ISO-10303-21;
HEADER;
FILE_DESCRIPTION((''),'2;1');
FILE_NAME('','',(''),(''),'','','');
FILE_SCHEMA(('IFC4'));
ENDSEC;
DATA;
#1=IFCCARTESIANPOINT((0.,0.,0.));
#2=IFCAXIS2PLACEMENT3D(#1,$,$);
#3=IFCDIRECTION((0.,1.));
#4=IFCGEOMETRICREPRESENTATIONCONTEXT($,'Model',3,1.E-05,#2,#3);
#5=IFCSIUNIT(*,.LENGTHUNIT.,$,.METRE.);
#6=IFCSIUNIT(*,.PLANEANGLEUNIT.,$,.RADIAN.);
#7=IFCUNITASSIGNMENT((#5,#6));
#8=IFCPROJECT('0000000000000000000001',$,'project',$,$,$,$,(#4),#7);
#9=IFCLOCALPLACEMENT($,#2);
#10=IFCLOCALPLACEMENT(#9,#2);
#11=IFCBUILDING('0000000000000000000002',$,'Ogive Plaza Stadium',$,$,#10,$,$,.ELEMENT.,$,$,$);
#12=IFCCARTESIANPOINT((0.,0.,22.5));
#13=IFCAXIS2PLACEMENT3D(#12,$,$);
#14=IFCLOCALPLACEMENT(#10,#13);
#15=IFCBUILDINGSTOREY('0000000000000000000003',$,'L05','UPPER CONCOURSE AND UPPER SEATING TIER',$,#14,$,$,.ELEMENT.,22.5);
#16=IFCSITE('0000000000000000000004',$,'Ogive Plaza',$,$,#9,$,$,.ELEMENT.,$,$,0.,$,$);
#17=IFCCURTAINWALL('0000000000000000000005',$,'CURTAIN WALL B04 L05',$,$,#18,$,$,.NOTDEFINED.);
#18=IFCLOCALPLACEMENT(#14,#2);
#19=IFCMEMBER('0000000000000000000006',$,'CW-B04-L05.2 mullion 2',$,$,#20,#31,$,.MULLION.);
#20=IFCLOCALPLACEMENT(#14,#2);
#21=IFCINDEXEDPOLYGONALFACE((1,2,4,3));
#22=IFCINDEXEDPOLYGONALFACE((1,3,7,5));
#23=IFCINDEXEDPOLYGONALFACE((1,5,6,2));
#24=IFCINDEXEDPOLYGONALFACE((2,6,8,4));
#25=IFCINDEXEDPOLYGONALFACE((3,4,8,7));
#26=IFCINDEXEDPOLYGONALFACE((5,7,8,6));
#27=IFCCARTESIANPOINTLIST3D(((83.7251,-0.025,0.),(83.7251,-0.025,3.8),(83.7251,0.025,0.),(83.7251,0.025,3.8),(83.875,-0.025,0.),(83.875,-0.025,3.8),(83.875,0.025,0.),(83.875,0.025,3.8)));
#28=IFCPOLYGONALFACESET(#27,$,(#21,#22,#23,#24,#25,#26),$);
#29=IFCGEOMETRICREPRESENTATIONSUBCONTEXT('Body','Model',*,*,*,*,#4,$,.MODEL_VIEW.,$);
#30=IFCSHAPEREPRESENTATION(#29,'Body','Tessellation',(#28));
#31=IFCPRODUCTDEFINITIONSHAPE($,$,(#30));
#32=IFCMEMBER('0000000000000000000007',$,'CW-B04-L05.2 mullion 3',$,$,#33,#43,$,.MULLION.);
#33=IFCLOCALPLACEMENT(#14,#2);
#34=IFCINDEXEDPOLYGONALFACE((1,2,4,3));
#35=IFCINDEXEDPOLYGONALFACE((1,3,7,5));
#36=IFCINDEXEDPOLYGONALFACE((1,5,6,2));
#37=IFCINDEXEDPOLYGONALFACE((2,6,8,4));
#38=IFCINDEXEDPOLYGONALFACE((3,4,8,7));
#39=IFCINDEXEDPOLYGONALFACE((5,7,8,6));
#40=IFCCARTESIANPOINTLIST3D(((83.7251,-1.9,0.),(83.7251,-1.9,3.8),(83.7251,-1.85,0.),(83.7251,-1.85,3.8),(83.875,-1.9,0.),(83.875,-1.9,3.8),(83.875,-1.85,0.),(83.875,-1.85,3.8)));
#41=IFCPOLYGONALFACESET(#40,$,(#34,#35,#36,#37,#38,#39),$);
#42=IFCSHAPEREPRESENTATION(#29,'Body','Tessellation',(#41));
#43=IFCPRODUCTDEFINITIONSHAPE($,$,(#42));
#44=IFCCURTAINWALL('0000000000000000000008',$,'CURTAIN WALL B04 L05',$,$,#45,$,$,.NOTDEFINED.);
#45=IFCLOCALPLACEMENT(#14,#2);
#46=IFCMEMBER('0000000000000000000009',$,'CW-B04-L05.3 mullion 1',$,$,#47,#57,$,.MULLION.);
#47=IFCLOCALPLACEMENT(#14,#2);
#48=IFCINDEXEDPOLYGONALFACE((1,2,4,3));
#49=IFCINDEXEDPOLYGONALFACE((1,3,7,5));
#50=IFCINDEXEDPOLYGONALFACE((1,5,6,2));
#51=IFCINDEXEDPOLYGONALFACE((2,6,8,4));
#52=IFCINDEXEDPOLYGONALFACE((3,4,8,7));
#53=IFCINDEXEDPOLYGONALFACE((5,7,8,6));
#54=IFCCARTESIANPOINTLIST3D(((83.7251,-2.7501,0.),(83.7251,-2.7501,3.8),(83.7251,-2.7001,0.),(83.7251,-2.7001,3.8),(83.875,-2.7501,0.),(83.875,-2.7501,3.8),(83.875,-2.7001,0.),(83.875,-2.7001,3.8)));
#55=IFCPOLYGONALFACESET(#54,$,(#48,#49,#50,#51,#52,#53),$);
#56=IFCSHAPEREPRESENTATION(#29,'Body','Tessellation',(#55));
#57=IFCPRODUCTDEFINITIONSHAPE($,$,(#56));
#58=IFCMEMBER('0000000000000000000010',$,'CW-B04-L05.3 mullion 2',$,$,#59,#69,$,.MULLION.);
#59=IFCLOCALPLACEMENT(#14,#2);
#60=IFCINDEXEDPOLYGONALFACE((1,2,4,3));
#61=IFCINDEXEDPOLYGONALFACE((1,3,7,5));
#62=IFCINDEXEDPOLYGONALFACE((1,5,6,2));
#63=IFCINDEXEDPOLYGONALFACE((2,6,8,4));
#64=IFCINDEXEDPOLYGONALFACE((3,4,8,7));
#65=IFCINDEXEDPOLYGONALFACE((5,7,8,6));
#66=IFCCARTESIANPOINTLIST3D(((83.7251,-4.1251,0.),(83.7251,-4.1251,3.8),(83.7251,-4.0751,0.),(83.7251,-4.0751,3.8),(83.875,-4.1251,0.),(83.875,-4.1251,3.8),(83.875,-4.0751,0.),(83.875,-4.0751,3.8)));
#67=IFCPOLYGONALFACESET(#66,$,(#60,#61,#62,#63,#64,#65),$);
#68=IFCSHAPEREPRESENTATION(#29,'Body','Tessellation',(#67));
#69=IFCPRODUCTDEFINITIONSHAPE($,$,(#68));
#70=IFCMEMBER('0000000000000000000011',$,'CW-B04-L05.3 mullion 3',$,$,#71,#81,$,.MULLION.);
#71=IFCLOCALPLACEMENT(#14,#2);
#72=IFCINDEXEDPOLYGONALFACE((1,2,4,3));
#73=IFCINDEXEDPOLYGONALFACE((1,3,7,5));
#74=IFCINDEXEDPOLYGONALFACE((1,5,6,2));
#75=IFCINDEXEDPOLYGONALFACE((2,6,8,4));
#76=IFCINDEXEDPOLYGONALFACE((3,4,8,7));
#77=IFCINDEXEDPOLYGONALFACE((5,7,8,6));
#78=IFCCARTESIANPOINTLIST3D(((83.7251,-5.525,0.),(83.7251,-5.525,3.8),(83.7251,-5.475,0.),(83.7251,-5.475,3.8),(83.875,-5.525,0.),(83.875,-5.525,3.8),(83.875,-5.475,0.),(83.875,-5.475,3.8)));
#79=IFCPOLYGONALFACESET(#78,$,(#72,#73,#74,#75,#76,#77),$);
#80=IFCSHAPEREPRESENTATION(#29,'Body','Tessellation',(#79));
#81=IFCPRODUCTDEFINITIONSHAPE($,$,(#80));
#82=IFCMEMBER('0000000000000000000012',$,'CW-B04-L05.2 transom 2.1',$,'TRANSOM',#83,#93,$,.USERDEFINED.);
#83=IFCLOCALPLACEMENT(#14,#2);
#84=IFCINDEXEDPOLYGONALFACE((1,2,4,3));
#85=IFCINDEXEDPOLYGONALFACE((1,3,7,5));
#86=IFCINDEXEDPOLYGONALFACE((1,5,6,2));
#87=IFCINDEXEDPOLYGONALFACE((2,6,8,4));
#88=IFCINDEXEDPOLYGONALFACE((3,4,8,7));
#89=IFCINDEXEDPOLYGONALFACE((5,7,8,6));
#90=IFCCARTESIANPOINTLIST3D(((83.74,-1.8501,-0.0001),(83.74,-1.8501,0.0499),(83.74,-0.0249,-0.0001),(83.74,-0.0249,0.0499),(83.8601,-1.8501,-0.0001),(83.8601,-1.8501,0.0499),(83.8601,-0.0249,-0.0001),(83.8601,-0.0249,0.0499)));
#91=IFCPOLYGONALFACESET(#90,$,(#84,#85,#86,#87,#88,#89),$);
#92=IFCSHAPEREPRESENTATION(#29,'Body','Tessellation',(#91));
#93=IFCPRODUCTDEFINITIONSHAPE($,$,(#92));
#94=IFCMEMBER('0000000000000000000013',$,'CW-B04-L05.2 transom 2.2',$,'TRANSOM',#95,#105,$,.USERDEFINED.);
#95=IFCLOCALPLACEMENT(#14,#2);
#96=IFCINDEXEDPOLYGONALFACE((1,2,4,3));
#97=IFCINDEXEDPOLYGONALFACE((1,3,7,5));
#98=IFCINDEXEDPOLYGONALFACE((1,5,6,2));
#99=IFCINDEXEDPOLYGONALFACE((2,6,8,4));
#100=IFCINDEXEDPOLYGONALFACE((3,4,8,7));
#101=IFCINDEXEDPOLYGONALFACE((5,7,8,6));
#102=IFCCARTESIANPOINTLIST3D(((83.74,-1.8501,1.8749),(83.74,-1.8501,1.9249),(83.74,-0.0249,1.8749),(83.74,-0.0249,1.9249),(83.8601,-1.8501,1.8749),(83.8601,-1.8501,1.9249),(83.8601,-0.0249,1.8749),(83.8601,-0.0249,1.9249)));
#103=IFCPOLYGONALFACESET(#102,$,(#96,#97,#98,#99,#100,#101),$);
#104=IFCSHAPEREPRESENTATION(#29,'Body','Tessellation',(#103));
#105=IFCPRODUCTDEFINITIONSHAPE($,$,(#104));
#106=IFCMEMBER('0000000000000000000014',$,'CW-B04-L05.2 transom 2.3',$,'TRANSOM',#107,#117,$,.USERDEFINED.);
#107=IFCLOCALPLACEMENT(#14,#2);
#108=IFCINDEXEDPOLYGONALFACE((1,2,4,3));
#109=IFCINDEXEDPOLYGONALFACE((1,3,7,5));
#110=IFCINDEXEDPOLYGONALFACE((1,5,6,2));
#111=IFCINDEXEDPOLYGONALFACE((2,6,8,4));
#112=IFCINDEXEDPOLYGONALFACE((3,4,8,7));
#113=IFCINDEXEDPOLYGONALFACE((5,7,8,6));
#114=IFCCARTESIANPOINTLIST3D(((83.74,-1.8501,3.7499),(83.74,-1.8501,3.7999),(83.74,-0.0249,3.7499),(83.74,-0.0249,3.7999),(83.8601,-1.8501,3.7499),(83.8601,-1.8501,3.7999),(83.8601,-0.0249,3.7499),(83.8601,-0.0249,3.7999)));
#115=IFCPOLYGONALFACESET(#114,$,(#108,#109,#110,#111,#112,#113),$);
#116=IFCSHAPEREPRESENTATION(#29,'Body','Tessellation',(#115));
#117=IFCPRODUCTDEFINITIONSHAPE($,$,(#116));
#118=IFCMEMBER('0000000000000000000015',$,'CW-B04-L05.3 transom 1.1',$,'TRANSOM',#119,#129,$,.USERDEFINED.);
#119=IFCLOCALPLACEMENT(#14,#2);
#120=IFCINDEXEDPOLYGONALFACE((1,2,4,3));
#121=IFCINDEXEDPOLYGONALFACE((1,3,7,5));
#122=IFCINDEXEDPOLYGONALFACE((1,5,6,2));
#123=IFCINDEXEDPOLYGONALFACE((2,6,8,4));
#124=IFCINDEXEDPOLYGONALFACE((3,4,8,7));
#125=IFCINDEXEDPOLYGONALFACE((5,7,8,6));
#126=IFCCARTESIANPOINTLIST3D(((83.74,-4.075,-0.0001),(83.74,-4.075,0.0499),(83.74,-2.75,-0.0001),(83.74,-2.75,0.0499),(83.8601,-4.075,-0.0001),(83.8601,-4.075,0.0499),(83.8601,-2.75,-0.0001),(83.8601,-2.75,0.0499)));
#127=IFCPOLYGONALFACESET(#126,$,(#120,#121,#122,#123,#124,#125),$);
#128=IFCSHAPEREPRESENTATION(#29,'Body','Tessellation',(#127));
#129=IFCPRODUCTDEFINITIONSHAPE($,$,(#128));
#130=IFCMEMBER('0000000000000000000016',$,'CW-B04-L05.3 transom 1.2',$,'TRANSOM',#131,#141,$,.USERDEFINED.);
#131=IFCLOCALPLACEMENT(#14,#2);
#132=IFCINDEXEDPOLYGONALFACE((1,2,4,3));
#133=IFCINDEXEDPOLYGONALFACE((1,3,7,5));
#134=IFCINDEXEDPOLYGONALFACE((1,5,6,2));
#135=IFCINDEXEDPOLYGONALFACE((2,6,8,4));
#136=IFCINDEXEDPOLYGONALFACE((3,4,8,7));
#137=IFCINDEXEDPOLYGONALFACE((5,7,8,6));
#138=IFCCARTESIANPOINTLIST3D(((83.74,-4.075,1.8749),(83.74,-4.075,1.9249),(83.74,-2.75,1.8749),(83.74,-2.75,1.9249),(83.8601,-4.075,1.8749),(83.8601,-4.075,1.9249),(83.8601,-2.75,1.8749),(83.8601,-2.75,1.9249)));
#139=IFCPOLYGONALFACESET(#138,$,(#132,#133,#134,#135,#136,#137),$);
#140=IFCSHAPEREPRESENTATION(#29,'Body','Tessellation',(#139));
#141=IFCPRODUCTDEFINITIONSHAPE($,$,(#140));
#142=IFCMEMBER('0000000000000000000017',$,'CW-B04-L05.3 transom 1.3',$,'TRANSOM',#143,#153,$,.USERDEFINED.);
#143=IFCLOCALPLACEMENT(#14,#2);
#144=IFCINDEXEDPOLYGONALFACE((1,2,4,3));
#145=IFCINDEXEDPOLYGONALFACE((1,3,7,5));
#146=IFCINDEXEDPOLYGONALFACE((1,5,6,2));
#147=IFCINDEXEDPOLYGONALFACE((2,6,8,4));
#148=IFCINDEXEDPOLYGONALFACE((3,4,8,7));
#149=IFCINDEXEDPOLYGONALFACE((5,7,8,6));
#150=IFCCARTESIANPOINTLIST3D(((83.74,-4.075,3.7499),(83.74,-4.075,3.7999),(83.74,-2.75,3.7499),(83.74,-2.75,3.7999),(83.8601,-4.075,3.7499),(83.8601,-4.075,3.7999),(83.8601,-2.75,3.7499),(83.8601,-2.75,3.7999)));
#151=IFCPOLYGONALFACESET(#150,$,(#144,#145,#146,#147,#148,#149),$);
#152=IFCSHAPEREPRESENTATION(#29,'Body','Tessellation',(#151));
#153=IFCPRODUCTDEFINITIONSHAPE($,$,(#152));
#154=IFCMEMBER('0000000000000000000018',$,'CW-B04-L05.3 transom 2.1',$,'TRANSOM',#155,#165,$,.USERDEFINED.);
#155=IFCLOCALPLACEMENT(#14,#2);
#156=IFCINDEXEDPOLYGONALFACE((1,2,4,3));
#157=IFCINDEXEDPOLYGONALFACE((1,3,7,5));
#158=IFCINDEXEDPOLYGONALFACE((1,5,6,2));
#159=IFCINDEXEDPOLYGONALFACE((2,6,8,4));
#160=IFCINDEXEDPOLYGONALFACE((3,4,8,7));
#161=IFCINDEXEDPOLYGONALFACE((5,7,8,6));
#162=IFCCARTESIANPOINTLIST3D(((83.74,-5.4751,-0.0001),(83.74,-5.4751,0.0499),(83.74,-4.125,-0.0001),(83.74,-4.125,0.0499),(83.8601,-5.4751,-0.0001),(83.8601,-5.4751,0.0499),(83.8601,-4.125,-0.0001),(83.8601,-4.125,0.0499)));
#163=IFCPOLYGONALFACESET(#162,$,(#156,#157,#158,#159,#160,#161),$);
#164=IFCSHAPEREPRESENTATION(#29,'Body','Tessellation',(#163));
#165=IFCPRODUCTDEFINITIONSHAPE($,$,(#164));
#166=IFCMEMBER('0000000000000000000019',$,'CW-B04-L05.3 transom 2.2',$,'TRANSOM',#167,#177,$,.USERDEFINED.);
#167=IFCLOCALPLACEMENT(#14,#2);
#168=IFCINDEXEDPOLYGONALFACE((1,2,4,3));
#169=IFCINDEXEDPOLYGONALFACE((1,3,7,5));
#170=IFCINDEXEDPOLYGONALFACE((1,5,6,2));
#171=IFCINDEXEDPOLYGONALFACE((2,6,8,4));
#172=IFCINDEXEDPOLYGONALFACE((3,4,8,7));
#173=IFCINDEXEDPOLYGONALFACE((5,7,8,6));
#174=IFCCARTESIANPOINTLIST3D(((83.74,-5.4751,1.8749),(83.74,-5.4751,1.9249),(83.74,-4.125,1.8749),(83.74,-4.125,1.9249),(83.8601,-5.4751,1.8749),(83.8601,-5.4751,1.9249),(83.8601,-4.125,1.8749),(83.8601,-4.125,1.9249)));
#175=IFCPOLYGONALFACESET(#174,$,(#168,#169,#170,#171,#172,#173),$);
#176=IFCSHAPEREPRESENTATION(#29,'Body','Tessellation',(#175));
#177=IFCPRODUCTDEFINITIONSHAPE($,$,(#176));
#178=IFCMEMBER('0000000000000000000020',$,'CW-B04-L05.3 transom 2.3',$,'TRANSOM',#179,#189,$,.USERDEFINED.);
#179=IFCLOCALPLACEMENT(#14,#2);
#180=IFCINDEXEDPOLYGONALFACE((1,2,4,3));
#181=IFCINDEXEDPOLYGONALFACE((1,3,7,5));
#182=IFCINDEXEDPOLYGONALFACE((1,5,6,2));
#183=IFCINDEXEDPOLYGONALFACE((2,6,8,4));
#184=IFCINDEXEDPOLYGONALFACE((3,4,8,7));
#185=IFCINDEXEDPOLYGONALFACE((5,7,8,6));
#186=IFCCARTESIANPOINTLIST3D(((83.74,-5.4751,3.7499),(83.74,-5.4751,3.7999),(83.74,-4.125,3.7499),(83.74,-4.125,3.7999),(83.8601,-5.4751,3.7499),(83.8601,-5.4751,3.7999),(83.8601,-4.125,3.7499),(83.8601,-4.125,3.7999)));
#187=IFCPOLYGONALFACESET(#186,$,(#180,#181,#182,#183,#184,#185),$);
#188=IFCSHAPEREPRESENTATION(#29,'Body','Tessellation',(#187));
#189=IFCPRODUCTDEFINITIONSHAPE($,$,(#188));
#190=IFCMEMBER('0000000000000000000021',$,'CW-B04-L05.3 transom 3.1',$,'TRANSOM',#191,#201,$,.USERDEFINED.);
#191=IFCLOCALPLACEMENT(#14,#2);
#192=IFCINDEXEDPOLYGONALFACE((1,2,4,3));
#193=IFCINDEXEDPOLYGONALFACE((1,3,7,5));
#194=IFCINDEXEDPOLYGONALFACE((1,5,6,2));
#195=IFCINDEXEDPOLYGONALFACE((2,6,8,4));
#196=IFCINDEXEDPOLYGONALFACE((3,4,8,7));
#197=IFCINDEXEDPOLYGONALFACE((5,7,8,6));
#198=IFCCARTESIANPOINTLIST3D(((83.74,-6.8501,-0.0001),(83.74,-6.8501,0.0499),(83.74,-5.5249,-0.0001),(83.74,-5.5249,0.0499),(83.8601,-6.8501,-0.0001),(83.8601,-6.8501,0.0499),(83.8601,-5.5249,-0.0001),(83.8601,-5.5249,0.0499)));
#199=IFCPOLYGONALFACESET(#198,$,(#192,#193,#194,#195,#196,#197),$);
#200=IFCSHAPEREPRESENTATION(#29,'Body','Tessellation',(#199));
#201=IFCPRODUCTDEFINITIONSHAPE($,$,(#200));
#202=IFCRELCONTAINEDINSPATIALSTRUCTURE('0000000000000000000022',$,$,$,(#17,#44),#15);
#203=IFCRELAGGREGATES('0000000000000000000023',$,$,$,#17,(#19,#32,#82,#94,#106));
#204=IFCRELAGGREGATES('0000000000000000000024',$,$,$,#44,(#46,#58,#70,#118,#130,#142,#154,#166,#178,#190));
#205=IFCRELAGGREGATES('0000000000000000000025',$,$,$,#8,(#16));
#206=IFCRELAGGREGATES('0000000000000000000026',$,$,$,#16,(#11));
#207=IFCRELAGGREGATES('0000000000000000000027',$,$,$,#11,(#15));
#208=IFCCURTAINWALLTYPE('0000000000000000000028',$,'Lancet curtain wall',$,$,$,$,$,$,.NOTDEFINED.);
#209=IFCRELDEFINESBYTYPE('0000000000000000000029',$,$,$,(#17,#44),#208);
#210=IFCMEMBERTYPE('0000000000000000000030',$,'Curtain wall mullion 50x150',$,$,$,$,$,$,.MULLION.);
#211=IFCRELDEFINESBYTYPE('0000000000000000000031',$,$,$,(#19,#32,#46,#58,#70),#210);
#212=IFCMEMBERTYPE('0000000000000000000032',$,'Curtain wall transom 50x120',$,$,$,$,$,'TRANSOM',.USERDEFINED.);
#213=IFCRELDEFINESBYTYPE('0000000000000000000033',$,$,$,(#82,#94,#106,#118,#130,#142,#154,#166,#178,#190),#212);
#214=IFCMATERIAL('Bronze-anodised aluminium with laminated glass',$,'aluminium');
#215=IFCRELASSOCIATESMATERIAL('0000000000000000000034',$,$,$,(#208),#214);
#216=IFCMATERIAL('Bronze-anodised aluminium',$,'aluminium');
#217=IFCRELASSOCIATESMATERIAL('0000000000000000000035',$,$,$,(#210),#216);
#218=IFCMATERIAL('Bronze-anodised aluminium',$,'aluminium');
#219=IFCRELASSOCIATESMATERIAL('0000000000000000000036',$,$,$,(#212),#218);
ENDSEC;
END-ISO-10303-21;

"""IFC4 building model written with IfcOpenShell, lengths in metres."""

from ifc_helpers import new_model, si_unit, direction, frame, origin, origin_2d, place, context, subcontext, project, spatial, rectangle, extrude, material, material_profile, profile_set, type_object, element, aggregate, save


model = new_model("IFC4")

# Units and contexts
model_context = context("Model", 3, precision=1e-05, world=origin(), true_north=direction((0.0, 1.0)))
body_context = subcontext(model_context, "Body", "Model", "MODEL_VIEW")
ifc_project = project(units=[si_unit("LENGTHUNIT", "METRE"), si_unit("PLANEANGLEUNIT", "RADIAN")], contexts=[model_context])

# Site, building, storey
site_placement = place(None, origin())
site = spatial("IfcSite", under=ifc_project, at=site_placement, Name="Ogive Plaza", CompositionType="ELEMENT", RefElevation=0.0)
building_placement = place(site_placement, origin())
building = spatial("IfcBuilding", under=site, at=building_placement, Name="Ogive Plaza Stadium", CompositionType="ELEMENT")
storey_placement = place(building_placement, frame((0.0, 0.0, 22.5)))
storey = spatial("IfcBuildingStorey", under=building, at=storey_placement, Name="L05", Description="UPPER CONCOURSE AND UPPER SEATING TIER", CompositionType="ELEMENT", Elevation=22.5)

# Curtain walls, members
ifc_material_1 = material(Name="Bronze-anodised aluminium with laminated glass", Category="aluminium")
curtain_wall_type = type_object("IfcCurtainWallType", Name="Lancet curtain wall", PredefinedType="NOTDEFINED", material=ifc_material_1)
curtain_wall_1_placement = place(storey_placement, origin())
curtain_wall_1 = element("IfcCurtainWall", 1, at=curtain_wall_1_placement, inside=storey, type_object=curtain_wall_type, Name="CURTAIN WALL B04 L05", PredefinedType="NOTDEFINED")
ifc_material_2 = material(Name="Bronze-anodised aluminium", Category="aluminium")
ifc_material_profile_1 = material_profile(ifc_material_2, rectangle(XDim=0.1499, YDim=0.05, at=origin_2d()), Name="AL 150x50")
ifc_profile_set_1 = profile_set([ifc_material_profile_1], Name="Bronze-anodised aluminium")
member_type_1 = type_object("IfcMemberType", Name="Curtain wall mullion 50x150", PredefinedType="MULLION", material=ifc_profile_set_1)
member_1_placement = place(storey_placement, frame((83.8, 0.0, 0.0), z_axis=(0.0, 0.0, 1.0), x_axis=(1.0, 0.0, 0.0)))
member_1 = element("IfcMember", 2, at=member_1_placement, type_object=member_type_1, Name="CW-B04-L05.2 mullion 2", PredefinedType="MULLION", context=body_context, shape_type="SweptSolid", body=[
    extrude(rectangle(XDim=0.1499, YDim=0.05, at=origin_2d()), origin(), (0.0, 0.0, 1.0), 3.8),
])
member_2_placement = place(storey_placement, frame((83.8, -1.875, 0.0), z_axis=(0.0, 0.0, 1.0), x_axis=(1.0, 0.0, 0.0)))
member_2 = element("IfcMember", 3, at=member_2_placement, type_object=member_type_1, Name="CW-B04-L05.2 mullion 3", PredefinedType="MULLION", context=body_context, shape_type="SweptSolid", body=[
    extrude(rectangle(XDim=0.1499, YDim=0.05, at=origin_2d()), origin(), (0.0, 0.0, 1.0), 3.8),
])
curtain_wall_2_placement = place(storey_placement, origin())
curtain_wall_2 = element("IfcCurtainWall", 4, at=curtain_wall_2_placement, inside=storey, type_object=curtain_wall_type, Name="CURTAIN WALL B04 L05", PredefinedType="NOTDEFINED")
member_3_placement = place(storey_placement, frame((83.8, -2.7251, 0.0), z_axis=(0.0, 0.0, 1.0), x_axis=(1.0, 0.0, 0.0)))
member_3 = element("IfcMember", 5, at=member_3_placement, type_object=member_type_1, Name="CW-B04-L05.3 mullion 1", PredefinedType="MULLION", context=body_context, shape_type="SweptSolid", body=[
    extrude(rectangle(XDim=0.1499, YDim=0.05, at=origin_2d()), origin(), (0.0, 0.0, 1.0), 3.8),
])
member_4_placement = place(storey_placement, frame((83.8, -4.1001, 0.0), z_axis=(0.0, 0.0, 1.0), x_axis=(1.0, 0.0, 0.0)))
member_4 = element("IfcMember", 6, at=member_4_placement, type_object=member_type_1, Name="CW-B04-L05.3 mullion 2", PredefinedType="MULLION", context=body_context, shape_type="SweptSolid", body=[
    extrude(rectangle(XDim=0.1499, YDim=0.05, at=origin_2d()), origin(), (0.0, 0.0, 1.0), 3.8),
])
member_5_placement = place(storey_placement, frame((83.8, -5.5, 0.0), z_axis=(0.0, 0.0, 1.0), x_axis=(1.0, 0.0, 0.0)))
member_5 = element("IfcMember", 7, at=member_5_placement, type_object=member_type_1, Name="CW-B04-L05.3 mullion 3", PredefinedType="MULLION", context=body_context, shape_type="SweptSolid", body=[
    extrude(rectangle(XDim=0.1499, YDim=0.05, at=origin_2d()), origin(), (0.0, 0.0, 1.0), 3.8),
])

# Members
ifc_material_3 = material(Name="Bronze-anodised aluminium", Category="aluminium")
ifc_material_profile_2 = material_profile(ifc_material_3, rectangle(XDim=0.1201, YDim=0.05, at=origin_2d()), Name="AL 120x50")
ifc_profile_set_2 = profile_set([ifc_material_profile_2], Name="Bronze-anodised aluminium")
member_type_2 = type_object("IfcMemberType", Name="Curtain wall transom 50x120", ElementType="TRANSOM", PredefinedType="USERDEFINED", material=ifc_profile_set_2)
member_6_placement = place(storey_placement, frame((83.8, -0.0249, 0.0249), z_axis=(0.0, -1.0, 0.0), x_axis=(1.0, 0.0, 0.0)))
member_6 = element("IfcMember", 8, at=member_6_placement, type_object=member_type_2, Name="CW-B04-L05.2 transom 2.1", ObjectType="TRANSOM", PredefinedType="USERDEFINED", context=body_context, shape_type="SweptSolid", body=[
    extrude(rectangle(XDim=0.1201, YDim=0.05, at=origin_2d()), origin(), (0.0, 0.0, 1.0), 1.8252),
])
member_7_placement = place(storey_placement, frame((83.8, -0.0249, 1.8999), z_axis=(0.0, -1.0, 0.0), x_axis=(1.0, 0.0, 0.0)))
member_7 = element("IfcMember", 9, at=member_7_placement, type_object=member_type_2, Name="CW-B04-L05.2 transom 2.2", ObjectType="TRANSOM", PredefinedType="USERDEFINED", context=body_context, shape_type="SweptSolid", body=[
    extrude(rectangle(XDim=0.1201, YDim=0.05, at=origin_2d()), origin(), (0.0, 0.0, 1.0), 1.8252),
])
member_8_placement = place(storey_placement, frame((83.8, -0.0249, 3.7749), z_axis=(0.0, -1.0, 0.0), x_axis=(1.0, 0.0, 0.0)))
member_8 = element("IfcMember", 10, at=member_8_placement, type_object=member_type_2, Name="CW-B04-L05.2 transom 2.3", ObjectType="TRANSOM", PredefinedType="USERDEFINED", context=body_context, shape_type="SweptSolid", body=[
    extrude(rectangle(XDim=0.1201, YDim=0.05, at=origin_2d()), origin(), (0.0, 0.0, 1.0), 1.8252),
])
member_9_placement = place(storey_placement, frame((83.8, -2.75, 0.0249), z_axis=(0.0, -1.0, 0.0), x_axis=(1.0, 0.0, 0.0)))
member_9 = element("IfcMember", 11, at=member_9_placement, type_object=member_type_2, Name="CW-B04-L05.3 transom 1.1", ObjectType="TRANSOM", PredefinedType="USERDEFINED", context=body_context, shape_type="SweptSolid", body=[
    extrude(rectangle(XDim=0.1201, YDim=0.05, at=origin_2d()), origin(), (0.0, 0.0, 1.0), 1.325),
])
member_10_placement = place(storey_placement, frame((83.8, -2.75, 1.8999), z_axis=(0.0, -1.0, 0.0), x_axis=(1.0, 0.0, 0.0)))
member_10 = element("IfcMember", 12, at=member_10_placement, type_object=member_type_2, Name="CW-B04-L05.3 transom 1.2", ObjectType="TRANSOM", PredefinedType="USERDEFINED", context=body_context, shape_type="SweptSolid", body=[
    extrude(rectangle(XDim=0.1201, YDim=0.05, at=origin_2d()), origin(), (0.0, 0.0, 1.0), 1.325),
])
member_11_placement = place(storey_placement, frame((83.8, -2.75, 3.7749), z_axis=(0.0, -1.0, 0.0), x_axis=(1.0, 0.0, 0.0)))
member_11 = element("IfcMember", 13, at=member_11_placement, type_object=member_type_2, Name="CW-B04-L05.3 transom 1.3", ObjectType="TRANSOM", PredefinedType="USERDEFINED", context=body_context, shape_type="SweptSolid", body=[
    extrude(rectangle(XDim=0.1201, YDim=0.05, at=origin_2d()), origin(), (0.0, 0.0, 1.0), 1.325),
])
member_12_placement = place(storey_placement, frame((83.8, -4.125, 0.0249), z_axis=(0.0, -1.0, 0.0), x_axis=(1.0, 0.0, 0.0)))
member_12 = element("IfcMember", 14, at=member_12_placement, type_object=member_type_2, Name="CW-B04-L05.3 transom 2.1", ObjectType="TRANSOM", PredefinedType="USERDEFINED", context=body_context, shape_type="SweptSolid", body=[
    extrude(rectangle(XDim=0.1201, YDim=0.05, at=origin_2d()), origin(), (0.0, 0.0, 1.0), 1.3501),
])
member_13_placement = place(storey_placement, frame((83.8, -4.125, 1.8999), z_axis=(0.0, -1.0, 0.0), x_axis=(1.0, 0.0, 0.0)))
member_13 = element("IfcMember", 15, at=member_13_placement, type_object=member_type_2, Name="CW-B04-L05.3 transom 2.2", ObjectType="TRANSOM", PredefinedType="USERDEFINED", context=body_context, shape_type="SweptSolid", body=[
    extrude(rectangle(XDim=0.1201, YDim=0.05, at=origin_2d()), origin(), (0.0, 0.0, 1.0), 1.3501),
])
member_14_placement = place(storey_placement, frame((83.8, -4.125, 3.7749), z_axis=(0.0, -1.0, 0.0), x_axis=(1.0, 0.0, 0.0)))
member_14 = element("IfcMember", 16, at=member_14_placement, type_object=member_type_2, Name="CW-B04-L05.3 transom 2.3", ObjectType="TRANSOM", PredefinedType="USERDEFINED", context=body_context, shape_type="SweptSolid", body=[
    extrude(rectangle(XDim=0.1201, YDim=0.05, at=origin_2d()), origin(), (0.0, 0.0, 1.0), 1.3501),
])
member_15_placement = place(storey_placement, frame((83.8, -5.5249, 0.0249), z_axis=(0.0, -1.0, 0.0), x_axis=(1.0, 0.0, 0.0)))
member_15 = element("IfcMember", 17, at=member_15_placement, type_object=member_type_2, Name="CW-B04-L05.3 transom 3.1", ObjectType="TRANSOM", PredefinedType="USERDEFINED", context=body_context, shape_type="SweptSolid", body=[
    extrude(rectangle(XDim=0.1201, YDim=0.05, at=origin_2d()), origin(), (0.0, 0.0, 1.0), 1.3252),
])

aggregate(curtain_wall_1, [member_1, member_2, member_6, member_7, member_8])
aggregate(curtain_wall_2, [member_3, member_4, member_5, member_9, member_10, member_11, member_12, member_13, member_14, member_15])

save(model, "model.ifc")
